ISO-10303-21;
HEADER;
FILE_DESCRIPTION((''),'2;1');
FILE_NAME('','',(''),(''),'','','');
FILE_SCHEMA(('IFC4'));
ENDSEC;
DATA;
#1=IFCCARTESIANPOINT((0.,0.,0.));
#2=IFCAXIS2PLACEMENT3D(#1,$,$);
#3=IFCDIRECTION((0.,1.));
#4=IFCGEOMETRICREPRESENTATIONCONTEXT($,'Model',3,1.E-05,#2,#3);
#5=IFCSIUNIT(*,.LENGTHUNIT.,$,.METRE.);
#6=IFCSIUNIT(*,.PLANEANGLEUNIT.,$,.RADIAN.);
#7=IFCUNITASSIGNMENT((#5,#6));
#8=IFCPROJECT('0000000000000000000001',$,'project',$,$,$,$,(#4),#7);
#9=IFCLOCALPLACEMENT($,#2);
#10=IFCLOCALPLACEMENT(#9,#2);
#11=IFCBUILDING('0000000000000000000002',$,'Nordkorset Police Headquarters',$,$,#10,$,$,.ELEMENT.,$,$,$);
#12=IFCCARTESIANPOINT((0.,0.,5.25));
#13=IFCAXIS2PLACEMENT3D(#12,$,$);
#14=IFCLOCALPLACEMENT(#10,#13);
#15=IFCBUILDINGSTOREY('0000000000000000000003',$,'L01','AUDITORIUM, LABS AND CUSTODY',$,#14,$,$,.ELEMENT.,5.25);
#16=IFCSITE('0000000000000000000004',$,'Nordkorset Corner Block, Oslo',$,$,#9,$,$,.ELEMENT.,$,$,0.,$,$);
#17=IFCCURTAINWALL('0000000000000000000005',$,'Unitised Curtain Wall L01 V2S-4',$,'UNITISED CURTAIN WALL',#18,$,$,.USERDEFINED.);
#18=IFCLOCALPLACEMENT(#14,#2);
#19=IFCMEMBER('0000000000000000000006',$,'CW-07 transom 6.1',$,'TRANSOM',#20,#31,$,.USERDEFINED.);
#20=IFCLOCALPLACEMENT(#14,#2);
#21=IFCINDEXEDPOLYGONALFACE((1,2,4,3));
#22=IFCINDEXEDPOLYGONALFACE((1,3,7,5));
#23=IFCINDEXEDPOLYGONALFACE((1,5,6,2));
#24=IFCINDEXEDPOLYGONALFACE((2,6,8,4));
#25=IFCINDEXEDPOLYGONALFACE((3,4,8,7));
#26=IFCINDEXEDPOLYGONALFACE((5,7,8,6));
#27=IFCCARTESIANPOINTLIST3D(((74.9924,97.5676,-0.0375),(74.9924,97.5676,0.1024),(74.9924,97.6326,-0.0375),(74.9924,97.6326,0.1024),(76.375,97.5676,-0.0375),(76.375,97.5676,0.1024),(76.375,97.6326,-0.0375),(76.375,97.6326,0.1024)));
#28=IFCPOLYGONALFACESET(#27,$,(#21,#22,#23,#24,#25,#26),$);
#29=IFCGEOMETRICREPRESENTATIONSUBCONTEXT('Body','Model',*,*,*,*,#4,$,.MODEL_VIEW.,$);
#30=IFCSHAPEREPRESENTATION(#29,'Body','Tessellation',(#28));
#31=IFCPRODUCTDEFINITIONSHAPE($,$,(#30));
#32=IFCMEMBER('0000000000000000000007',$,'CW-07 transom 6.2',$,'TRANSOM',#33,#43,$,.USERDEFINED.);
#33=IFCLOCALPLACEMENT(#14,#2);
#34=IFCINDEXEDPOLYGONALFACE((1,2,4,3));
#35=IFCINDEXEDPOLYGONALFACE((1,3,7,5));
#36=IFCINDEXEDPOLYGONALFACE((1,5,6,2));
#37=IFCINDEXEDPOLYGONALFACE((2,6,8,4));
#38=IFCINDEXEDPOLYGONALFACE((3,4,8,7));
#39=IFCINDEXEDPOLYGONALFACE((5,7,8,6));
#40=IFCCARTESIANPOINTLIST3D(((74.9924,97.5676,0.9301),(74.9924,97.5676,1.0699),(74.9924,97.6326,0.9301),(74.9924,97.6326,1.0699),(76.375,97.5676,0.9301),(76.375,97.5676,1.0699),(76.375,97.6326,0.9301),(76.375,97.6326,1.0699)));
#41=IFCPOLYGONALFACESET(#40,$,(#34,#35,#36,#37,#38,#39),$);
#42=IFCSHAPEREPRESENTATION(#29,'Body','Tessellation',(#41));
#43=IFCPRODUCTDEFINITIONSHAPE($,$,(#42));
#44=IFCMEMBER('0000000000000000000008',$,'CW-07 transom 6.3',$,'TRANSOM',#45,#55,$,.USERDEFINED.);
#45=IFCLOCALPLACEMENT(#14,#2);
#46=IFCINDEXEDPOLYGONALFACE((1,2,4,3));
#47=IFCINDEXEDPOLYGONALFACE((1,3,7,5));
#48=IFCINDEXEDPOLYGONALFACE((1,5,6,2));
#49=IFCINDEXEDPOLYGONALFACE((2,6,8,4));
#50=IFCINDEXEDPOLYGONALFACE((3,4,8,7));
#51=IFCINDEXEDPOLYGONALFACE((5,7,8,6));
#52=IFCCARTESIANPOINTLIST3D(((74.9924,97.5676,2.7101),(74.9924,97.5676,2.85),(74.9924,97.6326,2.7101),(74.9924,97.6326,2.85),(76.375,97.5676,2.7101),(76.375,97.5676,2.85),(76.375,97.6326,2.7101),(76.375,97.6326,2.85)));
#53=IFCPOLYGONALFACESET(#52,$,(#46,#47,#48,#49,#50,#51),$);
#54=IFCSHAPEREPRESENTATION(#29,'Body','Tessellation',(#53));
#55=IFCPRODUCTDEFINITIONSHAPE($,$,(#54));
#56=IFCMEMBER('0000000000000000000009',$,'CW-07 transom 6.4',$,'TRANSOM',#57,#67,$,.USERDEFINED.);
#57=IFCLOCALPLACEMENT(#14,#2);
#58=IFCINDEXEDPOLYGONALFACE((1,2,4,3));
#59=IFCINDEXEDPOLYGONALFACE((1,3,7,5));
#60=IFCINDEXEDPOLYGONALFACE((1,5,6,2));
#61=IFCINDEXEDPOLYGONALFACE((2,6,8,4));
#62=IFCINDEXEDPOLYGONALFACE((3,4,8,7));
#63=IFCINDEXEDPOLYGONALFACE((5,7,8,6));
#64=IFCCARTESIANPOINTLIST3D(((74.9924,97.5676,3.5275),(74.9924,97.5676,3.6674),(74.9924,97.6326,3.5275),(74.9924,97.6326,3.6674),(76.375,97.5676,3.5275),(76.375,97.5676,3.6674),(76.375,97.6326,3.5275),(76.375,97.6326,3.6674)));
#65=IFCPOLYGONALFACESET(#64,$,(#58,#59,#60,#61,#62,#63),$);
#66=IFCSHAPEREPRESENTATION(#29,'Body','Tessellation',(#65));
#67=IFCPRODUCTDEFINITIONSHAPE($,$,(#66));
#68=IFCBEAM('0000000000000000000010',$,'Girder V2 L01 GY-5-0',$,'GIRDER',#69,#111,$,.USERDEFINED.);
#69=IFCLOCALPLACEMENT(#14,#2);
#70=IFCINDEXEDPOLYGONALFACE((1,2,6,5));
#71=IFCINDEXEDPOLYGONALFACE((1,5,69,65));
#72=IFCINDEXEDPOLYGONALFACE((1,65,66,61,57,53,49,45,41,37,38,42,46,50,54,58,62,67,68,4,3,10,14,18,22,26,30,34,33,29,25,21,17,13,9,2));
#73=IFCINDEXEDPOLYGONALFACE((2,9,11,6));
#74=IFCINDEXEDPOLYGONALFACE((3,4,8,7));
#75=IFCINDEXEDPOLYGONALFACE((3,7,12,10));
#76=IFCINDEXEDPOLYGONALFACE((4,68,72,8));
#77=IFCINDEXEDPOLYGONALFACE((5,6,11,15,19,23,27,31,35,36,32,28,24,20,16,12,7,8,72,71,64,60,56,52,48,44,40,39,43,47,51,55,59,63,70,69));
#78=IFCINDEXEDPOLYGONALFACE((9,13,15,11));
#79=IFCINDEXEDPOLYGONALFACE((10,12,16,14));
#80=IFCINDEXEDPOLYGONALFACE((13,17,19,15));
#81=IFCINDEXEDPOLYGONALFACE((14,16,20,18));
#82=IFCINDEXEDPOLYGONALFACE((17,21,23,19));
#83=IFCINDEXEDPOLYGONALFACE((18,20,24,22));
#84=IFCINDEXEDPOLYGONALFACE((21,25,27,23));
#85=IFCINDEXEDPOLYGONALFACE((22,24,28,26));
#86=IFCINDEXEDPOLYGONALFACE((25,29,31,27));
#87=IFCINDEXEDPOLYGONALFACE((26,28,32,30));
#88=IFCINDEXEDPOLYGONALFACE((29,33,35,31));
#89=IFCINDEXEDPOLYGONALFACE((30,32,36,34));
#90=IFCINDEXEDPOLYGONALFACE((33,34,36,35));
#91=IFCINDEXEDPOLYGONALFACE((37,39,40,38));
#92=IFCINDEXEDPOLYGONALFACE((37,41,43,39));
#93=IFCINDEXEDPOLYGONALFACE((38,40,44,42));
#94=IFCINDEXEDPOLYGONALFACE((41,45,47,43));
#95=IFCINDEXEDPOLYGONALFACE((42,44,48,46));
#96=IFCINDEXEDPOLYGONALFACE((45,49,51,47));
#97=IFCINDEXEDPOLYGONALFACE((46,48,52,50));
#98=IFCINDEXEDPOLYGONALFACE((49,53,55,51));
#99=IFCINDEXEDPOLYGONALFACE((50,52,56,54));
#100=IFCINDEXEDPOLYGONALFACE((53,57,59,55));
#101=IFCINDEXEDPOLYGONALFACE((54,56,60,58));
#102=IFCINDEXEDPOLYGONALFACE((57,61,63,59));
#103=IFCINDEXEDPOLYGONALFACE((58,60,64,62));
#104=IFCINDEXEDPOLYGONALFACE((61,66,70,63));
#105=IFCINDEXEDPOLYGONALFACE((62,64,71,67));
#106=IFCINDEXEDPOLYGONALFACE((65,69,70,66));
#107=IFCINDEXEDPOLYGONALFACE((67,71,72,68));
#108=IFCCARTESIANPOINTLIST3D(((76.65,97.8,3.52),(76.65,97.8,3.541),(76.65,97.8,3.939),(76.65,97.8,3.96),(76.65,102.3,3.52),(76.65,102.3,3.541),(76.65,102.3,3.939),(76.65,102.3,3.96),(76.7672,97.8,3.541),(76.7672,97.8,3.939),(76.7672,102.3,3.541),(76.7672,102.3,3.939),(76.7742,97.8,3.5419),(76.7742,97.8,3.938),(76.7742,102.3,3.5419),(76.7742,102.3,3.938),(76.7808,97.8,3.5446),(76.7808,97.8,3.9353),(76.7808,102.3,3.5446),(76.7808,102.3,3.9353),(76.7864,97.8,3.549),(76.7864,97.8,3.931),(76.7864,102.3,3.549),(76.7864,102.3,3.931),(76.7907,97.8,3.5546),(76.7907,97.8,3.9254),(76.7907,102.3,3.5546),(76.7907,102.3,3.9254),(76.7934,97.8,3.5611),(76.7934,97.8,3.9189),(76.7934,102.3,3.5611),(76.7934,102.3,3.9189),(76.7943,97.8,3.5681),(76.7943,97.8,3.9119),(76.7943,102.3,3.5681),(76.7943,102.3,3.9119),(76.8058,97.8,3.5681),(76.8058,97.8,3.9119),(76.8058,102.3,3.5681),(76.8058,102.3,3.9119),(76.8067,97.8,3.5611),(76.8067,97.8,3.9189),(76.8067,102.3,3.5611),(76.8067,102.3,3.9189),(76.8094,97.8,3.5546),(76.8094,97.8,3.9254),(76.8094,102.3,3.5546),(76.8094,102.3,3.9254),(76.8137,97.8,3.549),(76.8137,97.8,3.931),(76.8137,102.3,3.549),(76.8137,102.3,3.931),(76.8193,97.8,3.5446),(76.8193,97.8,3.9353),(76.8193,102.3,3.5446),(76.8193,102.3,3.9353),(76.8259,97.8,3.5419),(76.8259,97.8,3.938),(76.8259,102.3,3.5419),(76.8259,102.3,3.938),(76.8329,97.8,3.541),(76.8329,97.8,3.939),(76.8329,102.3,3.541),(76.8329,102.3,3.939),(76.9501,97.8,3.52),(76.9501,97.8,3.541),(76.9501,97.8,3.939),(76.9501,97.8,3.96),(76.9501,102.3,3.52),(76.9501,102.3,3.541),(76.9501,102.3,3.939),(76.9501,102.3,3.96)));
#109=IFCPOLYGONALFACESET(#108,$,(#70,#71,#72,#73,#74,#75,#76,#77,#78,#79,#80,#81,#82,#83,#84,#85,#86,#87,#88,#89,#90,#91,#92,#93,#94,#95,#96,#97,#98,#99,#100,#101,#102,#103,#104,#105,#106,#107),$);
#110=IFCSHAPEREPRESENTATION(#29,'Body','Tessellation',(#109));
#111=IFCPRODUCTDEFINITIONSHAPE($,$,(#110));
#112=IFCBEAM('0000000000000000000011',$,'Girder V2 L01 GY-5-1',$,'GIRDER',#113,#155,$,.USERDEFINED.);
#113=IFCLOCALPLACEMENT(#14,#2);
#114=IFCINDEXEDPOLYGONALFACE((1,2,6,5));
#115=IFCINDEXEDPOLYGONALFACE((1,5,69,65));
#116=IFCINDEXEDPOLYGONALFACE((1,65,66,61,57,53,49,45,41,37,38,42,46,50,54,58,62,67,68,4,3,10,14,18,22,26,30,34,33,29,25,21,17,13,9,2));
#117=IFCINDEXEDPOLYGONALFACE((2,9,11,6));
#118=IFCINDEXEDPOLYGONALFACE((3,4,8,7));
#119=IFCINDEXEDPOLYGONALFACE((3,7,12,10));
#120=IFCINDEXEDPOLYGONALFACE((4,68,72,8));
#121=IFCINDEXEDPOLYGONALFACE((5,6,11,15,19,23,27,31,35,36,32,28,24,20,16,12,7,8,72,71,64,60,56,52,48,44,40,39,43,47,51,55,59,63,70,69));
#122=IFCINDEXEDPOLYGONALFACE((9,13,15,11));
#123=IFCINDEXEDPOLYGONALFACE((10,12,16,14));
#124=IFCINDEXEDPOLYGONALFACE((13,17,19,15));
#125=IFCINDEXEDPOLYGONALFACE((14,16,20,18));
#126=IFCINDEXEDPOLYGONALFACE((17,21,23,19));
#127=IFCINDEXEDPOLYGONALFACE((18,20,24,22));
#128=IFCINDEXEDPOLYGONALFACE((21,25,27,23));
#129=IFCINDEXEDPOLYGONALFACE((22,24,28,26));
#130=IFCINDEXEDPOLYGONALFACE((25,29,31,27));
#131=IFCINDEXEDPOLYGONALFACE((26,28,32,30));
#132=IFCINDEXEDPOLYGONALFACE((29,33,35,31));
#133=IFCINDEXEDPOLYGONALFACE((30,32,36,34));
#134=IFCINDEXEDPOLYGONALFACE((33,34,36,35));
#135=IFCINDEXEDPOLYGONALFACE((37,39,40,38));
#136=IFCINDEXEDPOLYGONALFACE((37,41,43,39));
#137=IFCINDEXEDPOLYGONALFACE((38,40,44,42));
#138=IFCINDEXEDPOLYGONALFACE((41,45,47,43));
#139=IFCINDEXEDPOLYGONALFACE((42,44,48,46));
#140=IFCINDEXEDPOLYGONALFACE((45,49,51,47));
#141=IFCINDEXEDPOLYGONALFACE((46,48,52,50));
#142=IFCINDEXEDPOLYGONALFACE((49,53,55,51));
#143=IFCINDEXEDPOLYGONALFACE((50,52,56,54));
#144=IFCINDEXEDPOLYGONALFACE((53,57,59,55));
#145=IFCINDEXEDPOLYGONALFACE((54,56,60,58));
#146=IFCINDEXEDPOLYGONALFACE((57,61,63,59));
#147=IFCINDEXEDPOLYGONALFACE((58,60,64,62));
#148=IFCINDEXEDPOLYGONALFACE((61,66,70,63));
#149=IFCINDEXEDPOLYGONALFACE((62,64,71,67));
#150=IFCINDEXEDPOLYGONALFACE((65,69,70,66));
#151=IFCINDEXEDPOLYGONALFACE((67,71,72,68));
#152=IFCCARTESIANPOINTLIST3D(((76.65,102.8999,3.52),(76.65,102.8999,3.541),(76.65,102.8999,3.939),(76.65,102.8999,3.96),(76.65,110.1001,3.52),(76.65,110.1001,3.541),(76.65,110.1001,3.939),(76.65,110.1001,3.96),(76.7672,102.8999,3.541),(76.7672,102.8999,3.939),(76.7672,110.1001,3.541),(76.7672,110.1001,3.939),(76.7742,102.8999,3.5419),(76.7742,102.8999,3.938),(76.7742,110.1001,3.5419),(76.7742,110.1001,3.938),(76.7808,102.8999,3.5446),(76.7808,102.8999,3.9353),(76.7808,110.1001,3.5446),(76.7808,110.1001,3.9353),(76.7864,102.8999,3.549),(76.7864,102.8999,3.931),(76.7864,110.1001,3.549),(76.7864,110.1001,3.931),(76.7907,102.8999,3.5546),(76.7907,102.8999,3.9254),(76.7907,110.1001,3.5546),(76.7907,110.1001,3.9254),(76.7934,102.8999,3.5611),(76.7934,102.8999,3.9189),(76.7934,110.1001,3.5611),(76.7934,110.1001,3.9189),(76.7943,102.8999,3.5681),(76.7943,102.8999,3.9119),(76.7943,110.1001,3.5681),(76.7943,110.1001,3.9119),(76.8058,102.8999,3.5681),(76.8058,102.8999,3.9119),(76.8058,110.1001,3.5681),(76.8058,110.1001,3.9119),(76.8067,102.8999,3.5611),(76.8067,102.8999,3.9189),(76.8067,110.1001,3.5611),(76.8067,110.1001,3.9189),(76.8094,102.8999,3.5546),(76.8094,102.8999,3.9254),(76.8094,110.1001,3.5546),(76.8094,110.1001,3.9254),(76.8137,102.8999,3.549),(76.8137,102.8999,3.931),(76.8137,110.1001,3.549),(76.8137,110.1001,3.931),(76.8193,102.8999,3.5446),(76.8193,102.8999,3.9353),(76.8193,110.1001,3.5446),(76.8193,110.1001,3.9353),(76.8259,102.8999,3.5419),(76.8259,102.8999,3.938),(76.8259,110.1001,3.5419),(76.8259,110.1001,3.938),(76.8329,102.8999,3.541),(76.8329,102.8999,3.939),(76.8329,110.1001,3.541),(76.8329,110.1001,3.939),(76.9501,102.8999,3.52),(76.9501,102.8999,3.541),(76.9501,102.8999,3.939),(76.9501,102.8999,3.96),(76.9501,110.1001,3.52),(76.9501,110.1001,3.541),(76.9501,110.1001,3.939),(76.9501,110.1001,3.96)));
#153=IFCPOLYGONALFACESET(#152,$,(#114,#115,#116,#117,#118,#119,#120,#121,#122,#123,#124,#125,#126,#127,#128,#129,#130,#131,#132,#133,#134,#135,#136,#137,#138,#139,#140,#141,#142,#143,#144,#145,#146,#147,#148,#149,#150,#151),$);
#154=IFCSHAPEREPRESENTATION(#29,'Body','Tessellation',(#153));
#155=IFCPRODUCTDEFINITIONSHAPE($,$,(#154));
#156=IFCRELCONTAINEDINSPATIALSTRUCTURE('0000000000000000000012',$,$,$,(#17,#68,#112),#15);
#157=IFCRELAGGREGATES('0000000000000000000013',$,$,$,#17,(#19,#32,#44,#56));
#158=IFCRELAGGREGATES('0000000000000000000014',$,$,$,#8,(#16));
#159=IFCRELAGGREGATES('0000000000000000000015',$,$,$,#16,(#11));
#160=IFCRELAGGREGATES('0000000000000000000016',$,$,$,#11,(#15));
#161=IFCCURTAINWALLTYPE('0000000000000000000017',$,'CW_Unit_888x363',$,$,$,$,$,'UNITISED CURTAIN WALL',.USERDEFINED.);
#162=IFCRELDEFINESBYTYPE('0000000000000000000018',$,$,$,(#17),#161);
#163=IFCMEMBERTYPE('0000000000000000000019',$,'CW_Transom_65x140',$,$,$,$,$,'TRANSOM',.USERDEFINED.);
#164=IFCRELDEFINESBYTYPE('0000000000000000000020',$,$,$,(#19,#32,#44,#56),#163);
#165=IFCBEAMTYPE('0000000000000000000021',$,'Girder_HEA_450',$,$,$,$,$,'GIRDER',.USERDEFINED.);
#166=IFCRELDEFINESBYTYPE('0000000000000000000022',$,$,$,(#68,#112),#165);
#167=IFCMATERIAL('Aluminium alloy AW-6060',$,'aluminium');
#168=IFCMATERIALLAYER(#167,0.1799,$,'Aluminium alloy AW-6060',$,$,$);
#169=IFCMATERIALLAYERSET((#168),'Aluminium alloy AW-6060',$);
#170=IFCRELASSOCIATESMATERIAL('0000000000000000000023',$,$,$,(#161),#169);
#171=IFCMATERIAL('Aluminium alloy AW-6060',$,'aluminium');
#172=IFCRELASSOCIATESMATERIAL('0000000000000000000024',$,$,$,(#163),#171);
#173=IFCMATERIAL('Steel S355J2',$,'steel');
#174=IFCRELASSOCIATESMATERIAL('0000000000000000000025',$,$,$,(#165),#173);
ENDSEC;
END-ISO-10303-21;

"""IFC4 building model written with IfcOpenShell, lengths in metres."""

from ifc_helpers import new_model, si_unit, direction, frame, origin, origin_2d, place, context, subcontext, project, spatial, rectangle, i_section, extrude, material, layer, layer_set, material_profile, profile_set, type_object, element, aggregate, save


model = new_model("IFC4")

# Units and contexts
model_context = context("Model", 3, precision=1e-05, world=origin(), true_north=direction((0.0, 1.0)))
body_context = subcontext(model_context, "Body", "Model", "MODEL_VIEW")
ifc_project = project(units=[si_unit("LENGTHUNIT", "METRE"), si_unit("PLANEANGLEUNIT", "RADIAN")], contexts=[model_context])

# Site, building, storey
site_placement = place(None, origin())
site = spatial("IfcSite", under=ifc_project, at=site_placement, Name="Nordkorset Corner Block, Oslo", CompositionType="ELEMENT", RefElevation=0.0)
building_placement = place(site_placement, origin())
building = spatial("IfcBuilding", under=site, at=building_placement, Name="Nordkorset Police Headquarters", CompositionType="ELEMENT")
storey_placement = place(building_placement, frame((0.0, 0.0, 5.25)))
storey = spatial("IfcBuildingStorey", under=building, at=storey_placement, Name="L01", Description="AUDITORIUM, LABS AND CUSTODY", CompositionType="ELEMENT", Elevation=5.25)

# Curtain wall, members
ifc_material_1 = material(Name="Aluminium alloy AW-6060", Category="aluminium")
ifc_layer_1 = layer(ifc_material_1, 0.1799, Name="Aluminium alloy AW-6060")
ifc_layer_set_1 = layer_set([ifc_layer_1], Name="Aluminium alloy AW-6060")
curtain_wall_type = type_object("IfcCurtainWallType", Name="CW_Unit_888x363", ElementType="UNITISED CURTAIN WALL", PredefinedType="USERDEFINED", material=ifc_layer_set_1)
curtain_wall_placement = place(storey_placement, origin())
curtain_wall = element("IfcCurtainWall", 1, at=curtain_wall_placement, inside=storey, type_object=curtain_wall_type, Name="Unitised Curtain Wall L01 V2S-4", ObjectType="UNITISED CURTAIN WALL", PredefinedType="USERDEFINED")
ifc_material_2 = material(Name="Aluminium alloy AW-6060", Category="aluminium")
ifc_material_profile_1 = material_profile(ifc_material_2, rectangle(XDim=0.0649, YDim=0.1399, at=origin_2d()), Name="ALU TRAN 65x140")
ifc_profile_set_1 = profile_set([ifc_material_profile_1], Name="Aluminium alloy AW-6060")
member_type_1 = type_object("IfcMemberType", Name="CW_Transom_65x140", ElementType="TRANSOM", PredefinedType="USERDEFINED", material=ifc_profile_set_1)
member_1_placement = place(storey_placement, frame((74.9924, 97.6001, 0.0325), z_axis=(1.0, 0.0, 0.0), x_axis=(0.0, 1.0, 0.0)))
member_1 = element("IfcMember", 2, at=member_1_placement, type_object=member_type_1, Name="CW-07 transom 6.1", ObjectType="TRANSOM", PredefinedType="USERDEFINED", context=body_context, shape_type="SweptSolid", body=[
    extrude(rectangle(XDim=0.0649, YDim=0.1399, at=origin_2d()), origin(), (0.0, 0.0, 1.0), 1.3826),
])
member_2_placement = place(storey_placement, frame((74.9924, 97.6001, 1.0), z_axis=(1.0, 0.0, 0.0), x_axis=(0.0, 1.0, 0.0)))
member_2 = element("IfcMember", 3, at=member_2_placement, type_object=member_type_1, Name="CW-07 transom 6.2", ObjectType="TRANSOM", PredefinedType="USERDEFINED", context=body_context, shape_type="SweptSolid", body=[
    extrude(rectangle(XDim=0.0649, YDim=0.1399, at=origin_2d()), origin(), (0.0, 0.0, 1.0), 1.3826),
])
member_3_placement = place(storey_placement, frame((74.9924, 97.6001, 2.78), z_axis=(1.0, 0.0, 0.0), x_axis=(0.0, 1.0, 0.0)))
member_3 = element("IfcMember", 4, at=member_3_placement, type_object=member_type_1, Name="CW-07 transom 6.3", ObjectType="TRANSOM", PredefinedType="USERDEFINED", context=body_context, shape_type="SweptSolid", body=[
    extrude(rectangle(XDim=0.0649, YDim=0.1399, at=origin_2d()), origin(), (0.0, 0.0, 1.0), 1.3826),
])
member_4_placement = place(storey_placement, frame((74.9924, 97.6001, 3.5974), z_axis=(1.0, 0.0, 0.0), x_axis=(0.0, 1.0, 0.0)))
member_4 = element("IfcMember", 5, at=member_4_placement, type_object=member_type_1, Name="CW-07 transom 6.4", ObjectType="TRANSOM", PredefinedType="USERDEFINED", context=body_context, shape_type="SweptSolid", body=[
    extrude(rectangle(XDim=0.0649, YDim=0.1399, at=origin_2d()), origin(), (0.0, 0.0, 1.0), 1.3826),
])

# Beams
ifc_material_3 = material(Name="Steel S355J2", Category="steel")
ifc_material_profile_2 = material_profile(ifc_material_3, i_section(OverallWidth=0.3, OverallDepth=0.4399, WebThickness=0.0115, FlangeThickness=0.021, FilletRadius=0.0271, at=origin_2d()), Name="HEA 450")
ifc_profile_set_2 = profile_set([ifc_material_profile_2], Name="Steel S355J2")
beam_type_1 = type_object("IfcBeamType", Name="Girder_HEA_450", ElementType="GIRDER", PredefinedType="USERDEFINED", material=ifc_profile_set_2)
beam_1_placement = place(storey_placement, frame((76.8, 97.8, 3.74), z_axis=(0.0, 1.0, 0.0), x_axis=(-1.0, 0.0, 0.0)))
element("IfcBeam", 6, at=beam_1_placement, inside=storey, type_object=beam_type_1, Name="Girder V2 L01 GY-5-0", ObjectType="GIRDER", PredefinedType="USERDEFINED", context=body_context, shape_type="SweptSolid", body=[
    extrude(i_section(OverallWidth=0.3, OverallDepth=0.4399, WebThickness=0.0115, FlangeThickness=0.021, FilletRadius=0.0271, at=origin_2d()), origin(), (0.0, 0.0, 1.0), 4.5),
])
beam_2_placement = place(storey_placement, frame((76.8, 102.8999, 3.74), z_axis=(0.0, 1.0, 0.0), x_axis=(-1.0, 0.0, 0.0)))
element("IfcBeam", 7, at=beam_2_placement, inside=storey, type_object=beam_type_1, Name="Girder V2 L01 GY-5-1", ObjectType="GIRDER", PredefinedType="USERDEFINED", context=body_context, shape_type="SweptSolid", body=[
    extrude(i_section(OverallWidth=0.3, OverallDepth=0.4399, WebThickness=0.0115, FlangeThickness=0.021, FilletRadius=0.0271, at=origin_2d()), origin(), (0.0, 0.0, 1.0), 7.2002),
])

aggregate(curtain_wall, [member_1, member_2, member_3, member_4])

save(model, "model.ifc")
